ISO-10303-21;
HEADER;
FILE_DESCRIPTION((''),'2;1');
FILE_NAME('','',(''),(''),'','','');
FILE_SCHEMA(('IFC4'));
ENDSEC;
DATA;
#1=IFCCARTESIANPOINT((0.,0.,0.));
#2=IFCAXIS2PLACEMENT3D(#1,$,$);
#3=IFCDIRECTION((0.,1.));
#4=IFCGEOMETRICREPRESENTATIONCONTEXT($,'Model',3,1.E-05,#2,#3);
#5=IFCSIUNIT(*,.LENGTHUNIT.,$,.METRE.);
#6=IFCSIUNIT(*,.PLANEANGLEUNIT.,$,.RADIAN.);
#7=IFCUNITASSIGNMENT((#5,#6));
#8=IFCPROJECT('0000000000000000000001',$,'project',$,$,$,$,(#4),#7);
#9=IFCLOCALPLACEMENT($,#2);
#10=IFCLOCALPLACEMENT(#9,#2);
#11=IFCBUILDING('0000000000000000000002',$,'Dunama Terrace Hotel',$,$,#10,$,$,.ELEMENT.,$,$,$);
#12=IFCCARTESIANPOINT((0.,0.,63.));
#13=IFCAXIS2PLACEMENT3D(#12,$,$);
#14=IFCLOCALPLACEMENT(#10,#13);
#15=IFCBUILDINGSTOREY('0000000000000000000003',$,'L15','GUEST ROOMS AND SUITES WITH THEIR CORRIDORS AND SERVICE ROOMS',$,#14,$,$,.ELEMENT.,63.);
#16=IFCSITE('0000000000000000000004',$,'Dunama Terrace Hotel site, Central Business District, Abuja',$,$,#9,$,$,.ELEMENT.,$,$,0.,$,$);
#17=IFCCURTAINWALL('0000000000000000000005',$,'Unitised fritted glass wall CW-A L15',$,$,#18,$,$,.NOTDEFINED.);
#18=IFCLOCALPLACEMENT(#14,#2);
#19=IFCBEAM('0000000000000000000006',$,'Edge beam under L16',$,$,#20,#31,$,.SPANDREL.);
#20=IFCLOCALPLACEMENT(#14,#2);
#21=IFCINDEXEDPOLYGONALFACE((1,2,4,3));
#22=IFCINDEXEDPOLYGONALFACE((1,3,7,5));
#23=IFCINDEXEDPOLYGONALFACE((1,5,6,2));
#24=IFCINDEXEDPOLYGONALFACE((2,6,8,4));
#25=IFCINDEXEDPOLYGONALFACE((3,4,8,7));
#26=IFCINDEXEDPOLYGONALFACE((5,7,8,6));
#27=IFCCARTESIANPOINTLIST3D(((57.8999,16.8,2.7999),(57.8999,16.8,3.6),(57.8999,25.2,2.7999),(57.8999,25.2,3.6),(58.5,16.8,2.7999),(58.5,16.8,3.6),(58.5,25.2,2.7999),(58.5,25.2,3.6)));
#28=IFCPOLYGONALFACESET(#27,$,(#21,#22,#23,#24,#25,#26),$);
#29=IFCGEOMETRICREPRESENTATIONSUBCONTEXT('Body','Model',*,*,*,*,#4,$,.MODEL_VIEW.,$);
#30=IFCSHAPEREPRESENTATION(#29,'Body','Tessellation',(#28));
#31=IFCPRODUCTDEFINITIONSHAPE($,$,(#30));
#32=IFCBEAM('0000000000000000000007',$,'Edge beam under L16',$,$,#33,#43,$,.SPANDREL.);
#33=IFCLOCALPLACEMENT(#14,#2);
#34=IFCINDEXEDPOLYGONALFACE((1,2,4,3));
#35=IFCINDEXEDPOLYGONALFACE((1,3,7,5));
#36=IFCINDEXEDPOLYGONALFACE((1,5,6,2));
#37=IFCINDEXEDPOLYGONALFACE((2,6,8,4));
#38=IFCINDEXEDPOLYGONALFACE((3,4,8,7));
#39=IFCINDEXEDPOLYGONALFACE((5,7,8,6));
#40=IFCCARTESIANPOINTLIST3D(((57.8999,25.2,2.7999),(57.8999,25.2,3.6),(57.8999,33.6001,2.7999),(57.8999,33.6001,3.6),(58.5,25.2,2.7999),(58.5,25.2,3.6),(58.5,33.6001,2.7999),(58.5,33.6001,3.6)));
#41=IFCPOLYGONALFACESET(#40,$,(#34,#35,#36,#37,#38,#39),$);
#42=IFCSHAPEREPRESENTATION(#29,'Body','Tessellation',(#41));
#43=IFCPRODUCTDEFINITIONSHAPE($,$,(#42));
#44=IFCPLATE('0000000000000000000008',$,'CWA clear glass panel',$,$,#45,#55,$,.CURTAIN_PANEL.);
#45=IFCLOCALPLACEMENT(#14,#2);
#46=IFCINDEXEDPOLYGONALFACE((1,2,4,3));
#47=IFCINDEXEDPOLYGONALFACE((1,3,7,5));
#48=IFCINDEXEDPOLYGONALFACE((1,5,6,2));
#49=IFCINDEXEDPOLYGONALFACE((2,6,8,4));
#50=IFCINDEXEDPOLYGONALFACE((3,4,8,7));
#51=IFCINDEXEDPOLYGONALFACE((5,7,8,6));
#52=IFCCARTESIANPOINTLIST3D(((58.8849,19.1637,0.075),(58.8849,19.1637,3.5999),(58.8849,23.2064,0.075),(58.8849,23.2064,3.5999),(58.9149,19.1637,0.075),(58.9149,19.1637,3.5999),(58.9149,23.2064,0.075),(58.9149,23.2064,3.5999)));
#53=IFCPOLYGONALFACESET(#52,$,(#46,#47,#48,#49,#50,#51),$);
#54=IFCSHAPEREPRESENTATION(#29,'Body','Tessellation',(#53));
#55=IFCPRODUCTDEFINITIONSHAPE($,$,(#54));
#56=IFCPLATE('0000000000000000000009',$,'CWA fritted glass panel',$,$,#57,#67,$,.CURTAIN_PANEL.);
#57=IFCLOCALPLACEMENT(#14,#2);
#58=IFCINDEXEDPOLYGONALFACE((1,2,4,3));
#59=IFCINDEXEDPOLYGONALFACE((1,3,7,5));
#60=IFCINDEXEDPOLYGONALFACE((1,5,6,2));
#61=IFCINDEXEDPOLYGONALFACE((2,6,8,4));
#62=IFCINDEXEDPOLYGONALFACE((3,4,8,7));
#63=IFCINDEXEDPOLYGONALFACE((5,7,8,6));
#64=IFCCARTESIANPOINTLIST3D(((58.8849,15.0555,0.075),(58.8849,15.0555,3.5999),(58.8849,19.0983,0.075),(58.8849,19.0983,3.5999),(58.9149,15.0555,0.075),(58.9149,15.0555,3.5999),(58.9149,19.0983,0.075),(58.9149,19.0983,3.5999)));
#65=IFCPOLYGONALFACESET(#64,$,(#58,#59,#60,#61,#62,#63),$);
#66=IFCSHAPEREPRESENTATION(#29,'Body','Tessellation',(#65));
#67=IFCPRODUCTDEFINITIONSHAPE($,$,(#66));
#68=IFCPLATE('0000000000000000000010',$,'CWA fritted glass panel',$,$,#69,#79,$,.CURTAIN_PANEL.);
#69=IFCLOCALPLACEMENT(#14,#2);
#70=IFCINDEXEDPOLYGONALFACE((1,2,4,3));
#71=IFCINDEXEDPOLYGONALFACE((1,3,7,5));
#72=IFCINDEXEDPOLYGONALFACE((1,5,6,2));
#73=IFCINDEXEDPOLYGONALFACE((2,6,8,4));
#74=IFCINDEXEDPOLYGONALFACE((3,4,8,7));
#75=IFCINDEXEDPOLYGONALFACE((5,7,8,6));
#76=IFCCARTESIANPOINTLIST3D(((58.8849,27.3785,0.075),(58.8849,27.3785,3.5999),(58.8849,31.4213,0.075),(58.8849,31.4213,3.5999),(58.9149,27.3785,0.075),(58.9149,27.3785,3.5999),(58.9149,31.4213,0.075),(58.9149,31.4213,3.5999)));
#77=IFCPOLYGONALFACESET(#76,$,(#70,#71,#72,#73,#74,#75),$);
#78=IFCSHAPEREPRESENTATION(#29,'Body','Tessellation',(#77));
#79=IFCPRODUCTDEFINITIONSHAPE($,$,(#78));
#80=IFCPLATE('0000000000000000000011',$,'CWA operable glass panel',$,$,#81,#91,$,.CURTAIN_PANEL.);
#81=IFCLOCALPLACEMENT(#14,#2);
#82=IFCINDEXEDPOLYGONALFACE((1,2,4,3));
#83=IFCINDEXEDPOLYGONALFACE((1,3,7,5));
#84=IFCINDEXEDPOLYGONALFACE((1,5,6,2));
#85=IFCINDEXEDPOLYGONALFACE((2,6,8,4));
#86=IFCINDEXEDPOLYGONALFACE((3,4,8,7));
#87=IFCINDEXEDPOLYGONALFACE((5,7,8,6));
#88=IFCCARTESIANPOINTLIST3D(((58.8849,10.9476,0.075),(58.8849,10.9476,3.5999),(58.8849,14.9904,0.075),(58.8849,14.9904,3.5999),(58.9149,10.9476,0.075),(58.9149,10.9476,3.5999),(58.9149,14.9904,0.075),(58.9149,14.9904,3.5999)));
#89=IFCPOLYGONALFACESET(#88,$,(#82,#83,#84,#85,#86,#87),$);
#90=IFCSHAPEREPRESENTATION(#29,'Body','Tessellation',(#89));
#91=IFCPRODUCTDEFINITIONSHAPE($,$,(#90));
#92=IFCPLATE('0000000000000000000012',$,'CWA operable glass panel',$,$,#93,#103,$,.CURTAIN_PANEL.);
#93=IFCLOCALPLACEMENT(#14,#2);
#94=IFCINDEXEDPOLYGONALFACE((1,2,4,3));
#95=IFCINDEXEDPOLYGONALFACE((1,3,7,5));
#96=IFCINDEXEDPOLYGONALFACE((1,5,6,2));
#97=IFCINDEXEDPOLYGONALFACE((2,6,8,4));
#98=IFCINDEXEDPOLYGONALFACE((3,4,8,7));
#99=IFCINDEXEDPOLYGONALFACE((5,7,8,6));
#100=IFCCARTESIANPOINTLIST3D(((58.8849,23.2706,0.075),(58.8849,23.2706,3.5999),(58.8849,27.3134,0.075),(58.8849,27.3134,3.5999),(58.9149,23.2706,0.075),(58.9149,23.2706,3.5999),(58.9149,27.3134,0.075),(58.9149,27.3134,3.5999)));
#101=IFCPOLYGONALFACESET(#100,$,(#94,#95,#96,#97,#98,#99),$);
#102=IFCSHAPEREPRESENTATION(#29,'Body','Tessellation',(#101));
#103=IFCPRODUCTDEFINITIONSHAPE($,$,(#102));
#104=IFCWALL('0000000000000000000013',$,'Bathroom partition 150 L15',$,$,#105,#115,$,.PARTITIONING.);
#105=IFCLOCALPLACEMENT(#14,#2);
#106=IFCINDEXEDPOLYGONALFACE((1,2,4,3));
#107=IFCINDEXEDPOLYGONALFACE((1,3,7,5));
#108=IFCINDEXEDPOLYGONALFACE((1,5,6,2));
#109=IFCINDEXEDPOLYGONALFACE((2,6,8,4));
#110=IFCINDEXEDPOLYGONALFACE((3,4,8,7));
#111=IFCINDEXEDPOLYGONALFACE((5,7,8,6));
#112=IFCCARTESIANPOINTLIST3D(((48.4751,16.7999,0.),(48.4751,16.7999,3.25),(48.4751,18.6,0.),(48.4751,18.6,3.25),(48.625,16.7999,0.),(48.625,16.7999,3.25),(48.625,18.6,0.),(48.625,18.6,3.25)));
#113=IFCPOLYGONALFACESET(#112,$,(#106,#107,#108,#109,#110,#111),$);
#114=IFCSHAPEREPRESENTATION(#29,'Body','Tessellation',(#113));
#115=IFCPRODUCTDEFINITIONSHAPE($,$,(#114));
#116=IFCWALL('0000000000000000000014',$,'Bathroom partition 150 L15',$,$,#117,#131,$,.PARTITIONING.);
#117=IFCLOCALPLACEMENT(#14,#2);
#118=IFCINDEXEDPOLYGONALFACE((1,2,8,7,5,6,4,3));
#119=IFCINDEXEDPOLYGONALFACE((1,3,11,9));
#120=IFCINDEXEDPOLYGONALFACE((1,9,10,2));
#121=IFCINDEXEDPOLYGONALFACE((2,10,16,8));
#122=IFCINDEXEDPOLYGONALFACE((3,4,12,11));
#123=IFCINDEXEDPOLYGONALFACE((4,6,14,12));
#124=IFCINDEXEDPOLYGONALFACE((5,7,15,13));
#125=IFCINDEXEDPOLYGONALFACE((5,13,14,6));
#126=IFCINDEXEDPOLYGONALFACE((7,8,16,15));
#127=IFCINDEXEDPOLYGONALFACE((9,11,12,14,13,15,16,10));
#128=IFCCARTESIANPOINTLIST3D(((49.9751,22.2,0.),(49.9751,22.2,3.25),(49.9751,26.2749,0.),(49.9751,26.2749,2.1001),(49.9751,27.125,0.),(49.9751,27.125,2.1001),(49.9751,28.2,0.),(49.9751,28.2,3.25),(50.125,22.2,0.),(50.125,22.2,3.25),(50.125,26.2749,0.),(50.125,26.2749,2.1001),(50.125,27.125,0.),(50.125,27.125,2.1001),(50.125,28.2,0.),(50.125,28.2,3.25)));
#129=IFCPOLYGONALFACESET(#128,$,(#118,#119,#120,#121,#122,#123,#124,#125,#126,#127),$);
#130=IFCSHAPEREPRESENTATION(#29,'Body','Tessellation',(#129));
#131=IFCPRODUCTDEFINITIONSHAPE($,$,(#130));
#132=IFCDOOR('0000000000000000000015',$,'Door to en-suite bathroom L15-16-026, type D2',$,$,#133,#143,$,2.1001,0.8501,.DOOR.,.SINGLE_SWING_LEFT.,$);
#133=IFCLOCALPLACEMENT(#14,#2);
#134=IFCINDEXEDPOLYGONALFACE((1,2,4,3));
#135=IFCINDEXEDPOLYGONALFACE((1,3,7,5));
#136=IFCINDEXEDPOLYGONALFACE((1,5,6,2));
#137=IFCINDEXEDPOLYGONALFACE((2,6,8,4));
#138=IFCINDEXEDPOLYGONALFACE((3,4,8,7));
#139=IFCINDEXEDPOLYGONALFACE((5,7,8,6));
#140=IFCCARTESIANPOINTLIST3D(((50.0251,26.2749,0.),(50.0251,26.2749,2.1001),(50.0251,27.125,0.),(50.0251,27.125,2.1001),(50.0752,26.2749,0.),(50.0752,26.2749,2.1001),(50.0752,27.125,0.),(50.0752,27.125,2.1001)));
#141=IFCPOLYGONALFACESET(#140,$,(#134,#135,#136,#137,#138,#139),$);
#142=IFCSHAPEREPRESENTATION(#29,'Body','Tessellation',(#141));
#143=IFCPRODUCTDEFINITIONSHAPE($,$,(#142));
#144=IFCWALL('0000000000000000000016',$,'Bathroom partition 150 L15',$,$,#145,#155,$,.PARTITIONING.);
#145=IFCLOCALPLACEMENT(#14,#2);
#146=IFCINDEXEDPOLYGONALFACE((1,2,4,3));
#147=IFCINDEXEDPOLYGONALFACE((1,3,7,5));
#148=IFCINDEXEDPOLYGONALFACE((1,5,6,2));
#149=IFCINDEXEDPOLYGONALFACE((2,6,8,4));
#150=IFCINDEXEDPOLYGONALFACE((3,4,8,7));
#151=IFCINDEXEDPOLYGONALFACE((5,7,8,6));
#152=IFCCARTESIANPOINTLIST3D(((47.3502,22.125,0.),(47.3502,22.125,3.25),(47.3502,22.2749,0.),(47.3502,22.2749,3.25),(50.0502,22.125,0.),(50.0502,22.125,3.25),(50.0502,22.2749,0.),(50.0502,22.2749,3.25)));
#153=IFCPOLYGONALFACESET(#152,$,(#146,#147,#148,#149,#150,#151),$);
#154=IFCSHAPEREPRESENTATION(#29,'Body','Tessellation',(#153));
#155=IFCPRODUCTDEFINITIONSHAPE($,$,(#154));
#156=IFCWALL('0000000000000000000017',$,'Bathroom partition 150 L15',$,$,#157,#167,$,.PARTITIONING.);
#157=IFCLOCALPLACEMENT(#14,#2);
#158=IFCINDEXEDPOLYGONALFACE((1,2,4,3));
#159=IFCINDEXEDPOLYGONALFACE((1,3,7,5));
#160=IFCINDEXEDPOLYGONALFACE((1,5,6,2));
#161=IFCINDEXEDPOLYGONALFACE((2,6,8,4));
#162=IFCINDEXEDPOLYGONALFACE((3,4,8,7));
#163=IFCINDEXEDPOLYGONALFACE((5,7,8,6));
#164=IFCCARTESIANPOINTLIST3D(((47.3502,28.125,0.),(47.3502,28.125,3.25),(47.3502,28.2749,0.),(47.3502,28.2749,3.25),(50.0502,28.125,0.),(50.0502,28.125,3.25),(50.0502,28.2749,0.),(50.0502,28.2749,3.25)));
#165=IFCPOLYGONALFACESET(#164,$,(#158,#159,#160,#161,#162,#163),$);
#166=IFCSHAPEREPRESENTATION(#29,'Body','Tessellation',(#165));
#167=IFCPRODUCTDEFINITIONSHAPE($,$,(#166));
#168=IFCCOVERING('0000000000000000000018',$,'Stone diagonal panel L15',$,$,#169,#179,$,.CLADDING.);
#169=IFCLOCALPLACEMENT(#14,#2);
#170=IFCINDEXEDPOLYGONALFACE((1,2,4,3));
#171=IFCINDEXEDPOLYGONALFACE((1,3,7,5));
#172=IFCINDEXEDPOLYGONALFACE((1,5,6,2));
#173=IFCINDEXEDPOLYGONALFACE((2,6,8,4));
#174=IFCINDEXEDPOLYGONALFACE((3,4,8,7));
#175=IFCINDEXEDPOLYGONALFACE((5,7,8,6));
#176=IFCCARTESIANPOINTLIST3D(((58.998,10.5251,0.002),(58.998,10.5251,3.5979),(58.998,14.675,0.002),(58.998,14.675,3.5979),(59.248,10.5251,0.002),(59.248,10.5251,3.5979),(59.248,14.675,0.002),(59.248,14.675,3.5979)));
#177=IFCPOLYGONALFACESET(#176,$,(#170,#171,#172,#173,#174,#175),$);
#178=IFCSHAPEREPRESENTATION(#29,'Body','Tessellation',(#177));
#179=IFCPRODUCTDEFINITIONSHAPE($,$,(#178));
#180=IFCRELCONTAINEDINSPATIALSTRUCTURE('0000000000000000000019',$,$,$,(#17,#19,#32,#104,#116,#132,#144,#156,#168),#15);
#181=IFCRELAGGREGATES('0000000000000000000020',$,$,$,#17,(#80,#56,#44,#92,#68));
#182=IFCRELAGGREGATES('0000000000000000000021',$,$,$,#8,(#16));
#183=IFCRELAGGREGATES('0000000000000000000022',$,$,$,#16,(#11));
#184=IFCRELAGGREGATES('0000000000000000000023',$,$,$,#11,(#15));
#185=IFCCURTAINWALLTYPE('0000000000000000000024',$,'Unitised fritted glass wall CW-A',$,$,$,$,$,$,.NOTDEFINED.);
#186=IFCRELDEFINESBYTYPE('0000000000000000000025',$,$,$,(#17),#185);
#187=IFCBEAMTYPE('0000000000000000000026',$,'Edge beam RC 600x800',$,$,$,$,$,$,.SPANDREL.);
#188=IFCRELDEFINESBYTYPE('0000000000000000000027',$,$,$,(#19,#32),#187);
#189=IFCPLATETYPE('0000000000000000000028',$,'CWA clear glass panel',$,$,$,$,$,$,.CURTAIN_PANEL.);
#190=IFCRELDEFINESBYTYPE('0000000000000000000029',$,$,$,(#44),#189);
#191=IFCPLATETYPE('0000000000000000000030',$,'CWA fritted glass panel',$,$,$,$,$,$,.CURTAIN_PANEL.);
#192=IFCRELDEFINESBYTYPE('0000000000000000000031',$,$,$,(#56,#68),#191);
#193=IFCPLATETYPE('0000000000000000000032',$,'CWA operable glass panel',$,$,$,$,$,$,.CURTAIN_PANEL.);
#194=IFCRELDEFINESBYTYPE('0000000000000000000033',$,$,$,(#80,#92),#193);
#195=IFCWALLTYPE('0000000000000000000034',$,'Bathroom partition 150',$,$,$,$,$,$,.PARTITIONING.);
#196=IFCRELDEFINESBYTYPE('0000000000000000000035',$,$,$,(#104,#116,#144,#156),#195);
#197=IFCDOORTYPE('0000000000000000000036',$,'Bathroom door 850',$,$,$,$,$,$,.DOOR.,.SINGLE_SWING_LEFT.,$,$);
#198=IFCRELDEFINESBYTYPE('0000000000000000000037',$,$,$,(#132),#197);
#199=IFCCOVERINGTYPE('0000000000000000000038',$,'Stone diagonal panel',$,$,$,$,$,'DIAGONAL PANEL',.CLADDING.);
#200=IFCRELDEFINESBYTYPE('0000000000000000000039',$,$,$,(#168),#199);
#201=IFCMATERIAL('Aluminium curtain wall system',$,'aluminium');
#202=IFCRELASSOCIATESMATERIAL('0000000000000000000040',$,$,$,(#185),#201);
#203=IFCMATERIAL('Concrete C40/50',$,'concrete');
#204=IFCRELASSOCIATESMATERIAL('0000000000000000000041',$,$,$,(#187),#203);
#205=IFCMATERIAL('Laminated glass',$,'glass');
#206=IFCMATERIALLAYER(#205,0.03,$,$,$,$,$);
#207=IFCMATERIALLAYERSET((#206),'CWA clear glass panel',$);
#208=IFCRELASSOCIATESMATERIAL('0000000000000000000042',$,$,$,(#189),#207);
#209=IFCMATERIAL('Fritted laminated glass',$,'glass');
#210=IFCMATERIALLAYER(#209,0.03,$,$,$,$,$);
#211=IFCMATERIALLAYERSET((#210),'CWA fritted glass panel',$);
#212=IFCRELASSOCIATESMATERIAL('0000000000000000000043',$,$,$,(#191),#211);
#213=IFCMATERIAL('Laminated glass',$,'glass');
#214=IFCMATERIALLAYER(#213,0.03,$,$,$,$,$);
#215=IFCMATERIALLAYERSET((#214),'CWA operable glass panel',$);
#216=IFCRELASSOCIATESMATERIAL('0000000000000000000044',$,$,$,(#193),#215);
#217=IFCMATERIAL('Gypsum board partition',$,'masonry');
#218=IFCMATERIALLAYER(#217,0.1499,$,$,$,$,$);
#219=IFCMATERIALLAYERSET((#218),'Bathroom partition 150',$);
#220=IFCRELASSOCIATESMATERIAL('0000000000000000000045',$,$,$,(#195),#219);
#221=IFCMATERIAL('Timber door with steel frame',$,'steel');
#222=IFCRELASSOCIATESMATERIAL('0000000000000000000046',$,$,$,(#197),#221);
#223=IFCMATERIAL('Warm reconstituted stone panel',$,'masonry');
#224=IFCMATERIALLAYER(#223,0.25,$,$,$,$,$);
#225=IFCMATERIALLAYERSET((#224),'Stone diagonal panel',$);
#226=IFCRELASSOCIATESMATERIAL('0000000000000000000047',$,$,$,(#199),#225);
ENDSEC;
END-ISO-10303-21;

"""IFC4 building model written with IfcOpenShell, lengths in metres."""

from ifc_helpers import new_model, si_unit, direction, frame, frame_2d, origin, origin_2d, place, context, subcontext, project, spatial, rectangle, extrude, material, layer, layer_set, material_profile, profile_set, type_object, element, fill, aggregate, save


model = new_model("IFC4")

# Units and contexts
model_context = context("Model", 3, precision=1e-05, world=origin(), true_north=direction((0.0, 1.0)))
body_context = subcontext(model_context, "Body", "Model", "MODEL_VIEW")
ifc_project = project(units=[si_unit("LENGTHUNIT", "METRE"), si_unit("PLANEANGLEUNIT", "RADIAN")], contexts=[model_context])

# Site, building, storey
site_placement = place(None, origin())
site = spatial("IfcSite", under=ifc_project, at=site_placement, Name="Dunama Terrace Hotel site, Central Business District, Abuja", CompositionType="ELEMENT", RefElevation=0.0)
building_placement = place(site_placement, origin())
building = spatial("IfcBuilding", under=site, at=building_placement, Name="Dunama Terrace Hotel", CompositionType="ELEMENT")
storey_placement = place(building_placement, frame((0.0, 0.0, 63.0)))
storey = spatial("IfcBuildingStorey", under=building, at=storey_placement, Name="L15", Description="GUEST ROOMS AND SUITES WITH THEIR CORRIDORS AND SERVICE ROOMS", CompositionType="ELEMENT", Elevation=63.0)

# Curtain wall
ifc_material_1 = material(Name="Aluminium curtain wall system", Category="aluminium")
curtain_wall_type = type_object("IfcCurtainWallType", Name="Unitised fritted glass wall CW-A", PredefinedType="NOTDEFINED", material=ifc_material_1)
curtain_wall_placement = place(storey_placement, origin())
curtain_wall = element("IfcCurtainWall", 1, at=curtain_wall_placement, inside=storey, type_object=curtain_wall_type, Name="Unitised fritted glass wall CW-A L15", PredefinedType="NOTDEFINED")

# Beams
ifc_material_2 = material(Name="Concrete C40/50", Category="concrete")
ifc_material_profile_1 = material_profile(ifc_material_2, rectangle(XDim=0.6001, YDim=0.8, at=origin_2d()), Name="RC 600x800")
ifc_profile_set_1 = profile_set([ifc_material_profile_1], Name="Concrete C40/50")
beam_type = type_object("IfcBeamType", Name="Edge beam RC 600x800", PredefinedType="SPANDREL", material=ifc_profile_set_1)
beam_1_placement = place(storey_placement, frame((58.2, 16.8, 3.2), z_axis=(0.0, 1.0, 0.0), x_axis=(-1.0, 0.0, 0.0)))
element("IfcBeam", 2, at=beam_1_placement, inside=storey, type_object=beam_type, Name="Edge beam under L16", PredefinedType="SPANDREL", context=body_context, shape_type="SweptSolid", body=[
    extrude(rectangle(XDim=0.6001, YDim=0.8, at=origin_2d()), origin(), (0.0, 0.0, 1.0), 8.3999),
])
beam_2_placement = place(storey_placement, frame((58.2, 25.2, 3.2), z_axis=(0.0, 1.0, 0.0), x_axis=(-1.0, 0.0, 0.0)))
element("IfcBeam", 3, at=beam_2_placement, inside=storey, type_object=beam_type, Name="Edge beam under L16", PredefinedType="SPANDREL", context=body_context, shape_type="SweptSolid", body=[
    extrude(rectangle(XDim=0.6001, YDim=0.8, at=origin_2d()), origin(), (0.0, 0.0, 1.0), 8.4001),
])

# Plates
ifc_material_3 = material(Name="Laminated glass", Category="glass")
ifc_layer_1 = layer(ifc_material_3, 0.03)
ifc_layer_set_1 = layer_set([ifc_layer_1], Name="CWA clear glass panel")
plate_type_1 = type_object("IfcPlateType", Name="CWA clear glass panel", PredefinedType="CURTAIN_PANEL", material=ifc_layer_set_1)
plate_1_placement = place(storey_placement, frame((58.8999, 21.1851, 0.075), z_axis=(0.0, 0.0, 1.0), x_axis=(0.0, 1.0, 0.0)))
plate_1 = element("IfcPlate", 4, at=plate_1_placement, type_object=plate_type_1, Name="CWA clear glass panel", PredefinedType="CURTAIN_PANEL", context=body_context, shape_type="SweptSolid", body=[
    extrude(rectangle(XDim=4.0427, YDim=0.03, at=origin_2d()), origin(), (0.0, 0.0, 1.0), 3.5249),
])
ifc_material_4 = material(Name="Fritted laminated glass", Category="glass")
ifc_layer_2 = layer(ifc_material_4, 0.03)
ifc_layer_set_2 = layer_set([ifc_layer_2], Name="CWA fritted glass panel")
plate_type_2 = type_object("IfcPlateType", Name="CWA fritted glass panel", PredefinedType="CURTAIN_PANEL", material=ifc_layer_set_2)
plate_2_placement = place(storey_placement, frame((58.8999, 17.0769, 0.075), z_axis=(0.0, 0.0, 1.0), x_axis=(0.0, 1.0, 0.0)))
plate_2 = element("IfcPlate", 5, at=plate_2_placement, type_object=plate_type_2, Name="CWA fritted glass panel", PredefinedType="CURTAIN_PANEL", context=body_context, shape_type="SweptSolid", body=[
    extrude(rectangle(XDim=4.0427, YDim=0.03, at=origin_2d()), origin(), (0.0, 0.0, 1.0), 3.5249),
])
plate_3_placement = place(storey_placement, frame((58.8999, 29.3999, 0.075), z_axis=(0.0, 0.0, 1.0), x_axis=(0.0, 1.0, 0.0)))
plate_3 = element("IfcPlate", 6, at=plate_3_placement, type_object=plate_type_2, Name="CWA fritted glass panel", PredefinedType="CURTAIN_PANEL", context=body_context, shape_type="SweptSolid", body=[
    extrude(rectangle(XDim=4.0427, YDim=0.03, at=origin_2d()), origin(), (0.0, 0.0, 1.0), 3.5249),
])
ifc_material_5 = material(Name="Laminated glass", Category="glass")
ifc_layer_3 = layer(ifc_material_5, 0.03)
ifc_layer_set_3 = layer_set([ifc_layer_3], Name="CWA operable glass panel")
plate_type_3 = type_object("IfcPlateType", Name="CWA operable glass panel", PredefinedType="CURTAIN_PANEL", material=ifc_layer_set_3)
plate_4_placement = place(storey_placement, frame((58.8999, 12.969, 0.075), z_axis=(0.0, 0.0, 1.0), x_axis=(0.0, 1.0, 0.0)))
plate_4 = element("IfcPlate", 7, at=plate_4_placement, type_object=plate_type_3, Name="CWA operable glass panel", PredefinedType="CURTAIN_PANEL", context=body_context, shape_type="SweptSolid", body=[
    extrude(rectangle(XDim=4.0427, YDim=0.03, at=origin_2d()), origin(), (0.0, 0.0, 1.0), 3.5249),
])
plate_5_placement = place(storey_placement, frame((58.8999, 25.292, 0.075), z_axis=(0.0, 0.0, 1.0), x_axis=(0.0, 1.0, 0.0)))
plate_5 = element("IfcPlate", 8, at=plate_5_placement, type_object=plate_type_3, Name="CWA operable glass panel", PredefinedType="CURTAIN_PANEL", context=body_context, shape_type="SweptSolid", body=[
    extrude(rectangle(XDim=4.0427, YDim=0.03, at=origin_2d()), origin(), (0.0, 0.0, 1.0), 3.5249),
])
aggregate(curtain_wall, [plate_4, plate_2, plate_1, plate_5, plate_3])

# Wall
ifc_material_6 = material(Name="Gypsum board partition", Category="masonry")
ifc_layer_4 = layer(ifc_material_6, 0.1499)
ifc_layer_set_4 = layer_set([ifc_layer_4], Name="Bathroom partition 150")
wall_type = type_object("IfcWallType", Name="Bathroom partition 150", PredefinedType="PARTITIONING", material=ifc_layer_set_4)
wall_1_placement = place(storey_placement, frame((48.55, 16.8, 0.0), z_axis=(0.0, 0.0, 1.0), x_axis=(0.0, 1.0, 0.0)))
element("IfcWall", 9, at=wall_1_placement, inside=storey, type_object=wall_type, Name="Bathroom partition 150 L15", PredefinedType="PARTITIONING", context=body_context, shape_type="SweptSolid", body=[
    extrude(rectangle(XDim=1.8, YDim=0.1499, at=frame_2d((0.8999, 0.0))), origin(), (0.0, 0.0, 1.0), 3.25),
])

# Wall, opening, door
wall_2_placement = place(storey_placement, frame((50.05, 22.2, 0.0), z_axis=(0.0, 0.0, 1.0), x_axis=(0.0, 1.0, 0.0)))
wall_2 = element("IfcWall", 10, at=wall_2_placement, inside=storey, type_object=wall_type, Name="Bathroom partition 150 L15", PredefinedType="PARTITIONING", context=body_context, shape_type="SweptSolid", body=[
    extrude(rectangle(XDim=6.0, YDim=0.1499, at=frame_2d((3.0, 0.0))), origin(), (0.0, 0.0, 1.0), 3.25),
])
opening_placement = place(wall_2_placement, frame((4.075, 0.0, 0.0)))
opening = element("IfcOpeningElement", 11, at=opening_placement, cuts=wall_2, PredefinedType="OPENING", context=body_context, shape_type="SweptSolid", body=[
    extrude(rectangle(XDim=0.8501, YDim=2.1001, at=frame_2d((0.425, 1.05))), frame((0.0, 0.085, 0.0), z_axis=(0.0, -1.0, 0.0), x_axis=(1.0, 0.0, 0.0)), (0.0, 0.0, 1.0), 0.1699),
])
ifc_material_7 = material(Name="Timber door with steel frame", Category="steel")
door_type = type_object("IfcDoorType", Name="Bathroom door 850", OperationType="SINGLE_SWING_LEFT", PredefinedType="DOOR", material=ifc_material_7)
door_placement = place(opening_placement, origin())
door = element("IfcDoor", 12, at=door_placement, inside=storey, type_object=door_type, Name="Door to en-suite bathroom L15-16-026, type D2", OperationType="SINGLE_SWING_LEFT", OverallHeight=2.1001, OverallWidth=0.8501, PredefinedType="DOOR", context=body_context, shape_type="SweptSolid", body=[
    extrude(rectangle(XDim=0.8501, YDim=2.1001, at=frame_2d((0.425, 1.05))), frame((0.0, 0.0249, 0.0), z_axis=(0.0, -1.0, 0.0), x_axis=(1.0, 0.0, 0.0)), (0.0, 0.0, 1.0), 0.05),
])
fill(opening, door)

# Walls
for number, where, z_axis, x_axis, name in (
    (13, (47.3501, 22.2, 0.0), (0.0, 0.0, 1.0), (1.0, 0.0, 0.0), "Bathroom partition 150 L15"),
    (14, (47.3501, 28.2, 0.0), (0.0, 0.0, 1.0), (1.0, 0.0, 0.0), "Bathroom partition 150 L15"),
):
    element("IfcWall", number, at=place(storey_placement, frame(where, z_axis=z_axis, x_axis=x_axis)), inside=storey, type_object=wall_type, Name=name, PredefinedType="PARTITIONING", context=body_context, shape_type="SweptSolid", body=[
        extrude(rectangle(XDim=2.7, YDim=0.1499, at=frame_2d((1.3501, 0.0))), origin(), (0.0, 0.0, 1.0), 3.25),
    ])

# Covering
ifc_material_8 = material(Name="Warm reconstituted stone panel", Category="masonry")
ifc_layer_5 = layer(ifc_material_8, 0.25)
ifc_layer_set_5 = layer_set([ifc_layer_5], Name="Stone diagonal panel")
covering_type = type_object("IfcCoveringType", Name="Stone diagonal panel", ElementType="DIAGONAL PANEL", PredefinedType="CLADDING", material=ifc_layer_set_5)
for number, where, z_axis, x_axis, name in (
    (15, (59.123, 12.6001, 0.002), (0.0, 0.0, 1.0), (0.0, 1.0, 0.0), "Stone diagonal panel L15"),
):
    element("IfcCovering", number, at=place(storey_placement, frame(where, z_axis=z_axis, x_axis=x_axis)), inside=storey, type_object=covering_type, Name=name, PredefinedType="CLADDING", context=body_context, shape_type="SweptSolid", body=[
        extrude(rectangle(XDim=4.1499, YDim=0.25, at=origin_2d()), origin(), (0.0, 0.0, 1.0), 3.5959),
    ])

save(model, "model.ifc")
